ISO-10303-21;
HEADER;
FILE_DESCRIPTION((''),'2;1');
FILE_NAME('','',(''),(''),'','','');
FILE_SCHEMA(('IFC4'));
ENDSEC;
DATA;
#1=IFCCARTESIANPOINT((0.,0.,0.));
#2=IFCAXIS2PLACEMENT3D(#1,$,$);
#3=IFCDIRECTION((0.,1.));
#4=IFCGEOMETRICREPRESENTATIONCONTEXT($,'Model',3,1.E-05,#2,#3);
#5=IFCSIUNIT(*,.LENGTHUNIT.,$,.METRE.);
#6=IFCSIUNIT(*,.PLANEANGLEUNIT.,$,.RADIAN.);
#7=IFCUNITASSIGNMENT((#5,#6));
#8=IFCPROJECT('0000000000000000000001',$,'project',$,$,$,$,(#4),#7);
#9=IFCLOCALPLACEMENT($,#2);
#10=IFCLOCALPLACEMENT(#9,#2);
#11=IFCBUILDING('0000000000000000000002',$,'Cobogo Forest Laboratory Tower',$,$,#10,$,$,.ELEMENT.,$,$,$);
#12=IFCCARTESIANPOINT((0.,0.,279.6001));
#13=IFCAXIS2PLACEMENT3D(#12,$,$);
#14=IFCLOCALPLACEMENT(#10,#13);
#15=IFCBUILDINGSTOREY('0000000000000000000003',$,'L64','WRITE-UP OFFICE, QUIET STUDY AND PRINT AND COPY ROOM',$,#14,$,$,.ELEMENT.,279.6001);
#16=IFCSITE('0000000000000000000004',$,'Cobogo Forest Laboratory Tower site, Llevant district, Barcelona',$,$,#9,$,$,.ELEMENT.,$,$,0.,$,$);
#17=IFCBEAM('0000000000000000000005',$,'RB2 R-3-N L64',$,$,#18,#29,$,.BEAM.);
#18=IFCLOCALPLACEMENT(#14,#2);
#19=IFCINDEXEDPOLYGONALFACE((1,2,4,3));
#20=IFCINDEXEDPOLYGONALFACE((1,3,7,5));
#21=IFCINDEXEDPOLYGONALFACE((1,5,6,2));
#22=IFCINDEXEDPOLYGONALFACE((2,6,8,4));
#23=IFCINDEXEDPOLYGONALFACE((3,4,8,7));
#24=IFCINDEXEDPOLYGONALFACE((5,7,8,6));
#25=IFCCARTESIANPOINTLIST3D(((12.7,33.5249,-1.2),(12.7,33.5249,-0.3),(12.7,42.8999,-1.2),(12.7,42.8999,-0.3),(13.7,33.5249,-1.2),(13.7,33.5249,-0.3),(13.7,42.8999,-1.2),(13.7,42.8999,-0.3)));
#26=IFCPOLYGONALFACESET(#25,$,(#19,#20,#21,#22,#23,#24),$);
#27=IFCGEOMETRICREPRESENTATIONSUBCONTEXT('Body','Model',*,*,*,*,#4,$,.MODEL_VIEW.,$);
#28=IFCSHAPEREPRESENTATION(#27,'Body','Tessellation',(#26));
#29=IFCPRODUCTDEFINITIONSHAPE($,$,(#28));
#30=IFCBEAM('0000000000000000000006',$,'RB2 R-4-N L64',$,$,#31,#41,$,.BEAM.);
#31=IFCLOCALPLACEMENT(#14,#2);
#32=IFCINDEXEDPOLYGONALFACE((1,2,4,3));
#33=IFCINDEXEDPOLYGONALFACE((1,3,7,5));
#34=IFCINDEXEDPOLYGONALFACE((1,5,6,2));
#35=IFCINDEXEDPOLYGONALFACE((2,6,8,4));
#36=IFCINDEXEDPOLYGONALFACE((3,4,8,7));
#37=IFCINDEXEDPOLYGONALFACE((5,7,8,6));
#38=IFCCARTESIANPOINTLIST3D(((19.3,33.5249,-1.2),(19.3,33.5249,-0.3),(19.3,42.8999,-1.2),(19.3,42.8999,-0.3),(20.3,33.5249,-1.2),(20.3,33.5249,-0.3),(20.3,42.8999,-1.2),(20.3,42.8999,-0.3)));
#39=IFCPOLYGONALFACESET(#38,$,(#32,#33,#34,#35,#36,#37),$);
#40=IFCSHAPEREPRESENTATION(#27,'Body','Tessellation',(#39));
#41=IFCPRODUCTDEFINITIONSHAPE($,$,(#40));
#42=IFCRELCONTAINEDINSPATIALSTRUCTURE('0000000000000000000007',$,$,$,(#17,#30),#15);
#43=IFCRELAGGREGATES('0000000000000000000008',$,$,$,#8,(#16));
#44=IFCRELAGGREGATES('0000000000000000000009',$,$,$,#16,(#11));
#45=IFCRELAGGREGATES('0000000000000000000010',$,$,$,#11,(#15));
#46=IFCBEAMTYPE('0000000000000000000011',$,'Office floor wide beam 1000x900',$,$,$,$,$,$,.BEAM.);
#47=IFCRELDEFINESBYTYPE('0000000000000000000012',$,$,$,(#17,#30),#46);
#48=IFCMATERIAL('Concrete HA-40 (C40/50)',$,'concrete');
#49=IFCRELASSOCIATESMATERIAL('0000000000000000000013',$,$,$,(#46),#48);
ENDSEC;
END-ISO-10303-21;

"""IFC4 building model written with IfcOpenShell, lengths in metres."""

from ifc_helpers import new_model, si_unit, direction, frame, origin, origin_2d, place, context, subcontext, project, spatial, rectangle, extrude, material, material_profile, profile_set, type_object, element, save


model = new_model("IFC4")

# Units and contexts
model_context = context("Model", 3, precision=1e-05, world=origin(), true_north=direction((0.0, 1.0)))
body_context = subcontext(model_context, "Body", "Model", "MODEL_VIEW")
ifc_project = project(units=[si_unit("LENGTHUNIT", "METRE"), si_unit("PLANEANGLEUNIT", "RADIAN")], contexts=[model_context])

# Site, building, storey
site_placement = place(None, origin())
site = spatial("IfcSite", under=ifc_project, at=site_placement, Name="Cobogo Forest Laboratory Tower site, Llevant district, Barcelona", CompositionType="ELEMENT", RefElevation=0.0)
building_placement = place(site_placement, origin())
building = spatial("IfcBuilding", under=site, at=building_placement, Name="Cobogo Forest Laboratory Tower", CompositionType="ELEMENT")
storey_placement = place(building_placement, frame((0.0, 0.0, 279.6001)))
storey = spatial("IfcBuildingStorey", under=building, at=storey_placement, Name="L64", Description="WRITE-UP OFFICE, QUIET STUDY AND PRINT AND COPY ROOM", CompositionType="ELEMENT", Elevation=279.6001)

# Beams
ifc_material_1 = material(Name="Concrete HA-40 (C40/50)", Category="concrete")
ifc_material_profile = material_profile(ifc_material_1, rectangle(XDim=1.0, YDim=0.8999, at=origin_2d()), Name="RC 1000x900")
ifc_profile_set = profile_set([ifc_material_profile], Name="Concrete HA-40 (C40/50)")
beam_type = type_object("IfcBeamType", Name="Office floor wide beam 1000x900", PredefinedType="BEAM", material=ifc_profile_set)
for number, where, z_axis, x_axis, name in (
    (1, (13.2, 33.5249, -0.75), (0.0, 1.0, 0.0), (-1.0, 0.0, 0.0), "RB2 R-3-N L64"),
    (2, (19.8, 33.5249, -0.75), (0.0, 1.0, 0.0), (-1.0, 0.0, 0.0), "RB2 R-4-N L64"),
):
    element("IfcBeam", number, at=place(storey_placement, frame(where, z_axis=z_axis, x_axis=x_axis)), inside=storey, type_object=beam_type, Name=name, PredefinedType="BEAM", context=body_context, shape_type="SweptSolid", body=[
        extrude(rectangle(XDim=1.0, YDim=0.8999, at=origin_2d()), origin(), (0.0, 0.0, 1.0), 9.375),
    ])

save(model, "model.ifc")
